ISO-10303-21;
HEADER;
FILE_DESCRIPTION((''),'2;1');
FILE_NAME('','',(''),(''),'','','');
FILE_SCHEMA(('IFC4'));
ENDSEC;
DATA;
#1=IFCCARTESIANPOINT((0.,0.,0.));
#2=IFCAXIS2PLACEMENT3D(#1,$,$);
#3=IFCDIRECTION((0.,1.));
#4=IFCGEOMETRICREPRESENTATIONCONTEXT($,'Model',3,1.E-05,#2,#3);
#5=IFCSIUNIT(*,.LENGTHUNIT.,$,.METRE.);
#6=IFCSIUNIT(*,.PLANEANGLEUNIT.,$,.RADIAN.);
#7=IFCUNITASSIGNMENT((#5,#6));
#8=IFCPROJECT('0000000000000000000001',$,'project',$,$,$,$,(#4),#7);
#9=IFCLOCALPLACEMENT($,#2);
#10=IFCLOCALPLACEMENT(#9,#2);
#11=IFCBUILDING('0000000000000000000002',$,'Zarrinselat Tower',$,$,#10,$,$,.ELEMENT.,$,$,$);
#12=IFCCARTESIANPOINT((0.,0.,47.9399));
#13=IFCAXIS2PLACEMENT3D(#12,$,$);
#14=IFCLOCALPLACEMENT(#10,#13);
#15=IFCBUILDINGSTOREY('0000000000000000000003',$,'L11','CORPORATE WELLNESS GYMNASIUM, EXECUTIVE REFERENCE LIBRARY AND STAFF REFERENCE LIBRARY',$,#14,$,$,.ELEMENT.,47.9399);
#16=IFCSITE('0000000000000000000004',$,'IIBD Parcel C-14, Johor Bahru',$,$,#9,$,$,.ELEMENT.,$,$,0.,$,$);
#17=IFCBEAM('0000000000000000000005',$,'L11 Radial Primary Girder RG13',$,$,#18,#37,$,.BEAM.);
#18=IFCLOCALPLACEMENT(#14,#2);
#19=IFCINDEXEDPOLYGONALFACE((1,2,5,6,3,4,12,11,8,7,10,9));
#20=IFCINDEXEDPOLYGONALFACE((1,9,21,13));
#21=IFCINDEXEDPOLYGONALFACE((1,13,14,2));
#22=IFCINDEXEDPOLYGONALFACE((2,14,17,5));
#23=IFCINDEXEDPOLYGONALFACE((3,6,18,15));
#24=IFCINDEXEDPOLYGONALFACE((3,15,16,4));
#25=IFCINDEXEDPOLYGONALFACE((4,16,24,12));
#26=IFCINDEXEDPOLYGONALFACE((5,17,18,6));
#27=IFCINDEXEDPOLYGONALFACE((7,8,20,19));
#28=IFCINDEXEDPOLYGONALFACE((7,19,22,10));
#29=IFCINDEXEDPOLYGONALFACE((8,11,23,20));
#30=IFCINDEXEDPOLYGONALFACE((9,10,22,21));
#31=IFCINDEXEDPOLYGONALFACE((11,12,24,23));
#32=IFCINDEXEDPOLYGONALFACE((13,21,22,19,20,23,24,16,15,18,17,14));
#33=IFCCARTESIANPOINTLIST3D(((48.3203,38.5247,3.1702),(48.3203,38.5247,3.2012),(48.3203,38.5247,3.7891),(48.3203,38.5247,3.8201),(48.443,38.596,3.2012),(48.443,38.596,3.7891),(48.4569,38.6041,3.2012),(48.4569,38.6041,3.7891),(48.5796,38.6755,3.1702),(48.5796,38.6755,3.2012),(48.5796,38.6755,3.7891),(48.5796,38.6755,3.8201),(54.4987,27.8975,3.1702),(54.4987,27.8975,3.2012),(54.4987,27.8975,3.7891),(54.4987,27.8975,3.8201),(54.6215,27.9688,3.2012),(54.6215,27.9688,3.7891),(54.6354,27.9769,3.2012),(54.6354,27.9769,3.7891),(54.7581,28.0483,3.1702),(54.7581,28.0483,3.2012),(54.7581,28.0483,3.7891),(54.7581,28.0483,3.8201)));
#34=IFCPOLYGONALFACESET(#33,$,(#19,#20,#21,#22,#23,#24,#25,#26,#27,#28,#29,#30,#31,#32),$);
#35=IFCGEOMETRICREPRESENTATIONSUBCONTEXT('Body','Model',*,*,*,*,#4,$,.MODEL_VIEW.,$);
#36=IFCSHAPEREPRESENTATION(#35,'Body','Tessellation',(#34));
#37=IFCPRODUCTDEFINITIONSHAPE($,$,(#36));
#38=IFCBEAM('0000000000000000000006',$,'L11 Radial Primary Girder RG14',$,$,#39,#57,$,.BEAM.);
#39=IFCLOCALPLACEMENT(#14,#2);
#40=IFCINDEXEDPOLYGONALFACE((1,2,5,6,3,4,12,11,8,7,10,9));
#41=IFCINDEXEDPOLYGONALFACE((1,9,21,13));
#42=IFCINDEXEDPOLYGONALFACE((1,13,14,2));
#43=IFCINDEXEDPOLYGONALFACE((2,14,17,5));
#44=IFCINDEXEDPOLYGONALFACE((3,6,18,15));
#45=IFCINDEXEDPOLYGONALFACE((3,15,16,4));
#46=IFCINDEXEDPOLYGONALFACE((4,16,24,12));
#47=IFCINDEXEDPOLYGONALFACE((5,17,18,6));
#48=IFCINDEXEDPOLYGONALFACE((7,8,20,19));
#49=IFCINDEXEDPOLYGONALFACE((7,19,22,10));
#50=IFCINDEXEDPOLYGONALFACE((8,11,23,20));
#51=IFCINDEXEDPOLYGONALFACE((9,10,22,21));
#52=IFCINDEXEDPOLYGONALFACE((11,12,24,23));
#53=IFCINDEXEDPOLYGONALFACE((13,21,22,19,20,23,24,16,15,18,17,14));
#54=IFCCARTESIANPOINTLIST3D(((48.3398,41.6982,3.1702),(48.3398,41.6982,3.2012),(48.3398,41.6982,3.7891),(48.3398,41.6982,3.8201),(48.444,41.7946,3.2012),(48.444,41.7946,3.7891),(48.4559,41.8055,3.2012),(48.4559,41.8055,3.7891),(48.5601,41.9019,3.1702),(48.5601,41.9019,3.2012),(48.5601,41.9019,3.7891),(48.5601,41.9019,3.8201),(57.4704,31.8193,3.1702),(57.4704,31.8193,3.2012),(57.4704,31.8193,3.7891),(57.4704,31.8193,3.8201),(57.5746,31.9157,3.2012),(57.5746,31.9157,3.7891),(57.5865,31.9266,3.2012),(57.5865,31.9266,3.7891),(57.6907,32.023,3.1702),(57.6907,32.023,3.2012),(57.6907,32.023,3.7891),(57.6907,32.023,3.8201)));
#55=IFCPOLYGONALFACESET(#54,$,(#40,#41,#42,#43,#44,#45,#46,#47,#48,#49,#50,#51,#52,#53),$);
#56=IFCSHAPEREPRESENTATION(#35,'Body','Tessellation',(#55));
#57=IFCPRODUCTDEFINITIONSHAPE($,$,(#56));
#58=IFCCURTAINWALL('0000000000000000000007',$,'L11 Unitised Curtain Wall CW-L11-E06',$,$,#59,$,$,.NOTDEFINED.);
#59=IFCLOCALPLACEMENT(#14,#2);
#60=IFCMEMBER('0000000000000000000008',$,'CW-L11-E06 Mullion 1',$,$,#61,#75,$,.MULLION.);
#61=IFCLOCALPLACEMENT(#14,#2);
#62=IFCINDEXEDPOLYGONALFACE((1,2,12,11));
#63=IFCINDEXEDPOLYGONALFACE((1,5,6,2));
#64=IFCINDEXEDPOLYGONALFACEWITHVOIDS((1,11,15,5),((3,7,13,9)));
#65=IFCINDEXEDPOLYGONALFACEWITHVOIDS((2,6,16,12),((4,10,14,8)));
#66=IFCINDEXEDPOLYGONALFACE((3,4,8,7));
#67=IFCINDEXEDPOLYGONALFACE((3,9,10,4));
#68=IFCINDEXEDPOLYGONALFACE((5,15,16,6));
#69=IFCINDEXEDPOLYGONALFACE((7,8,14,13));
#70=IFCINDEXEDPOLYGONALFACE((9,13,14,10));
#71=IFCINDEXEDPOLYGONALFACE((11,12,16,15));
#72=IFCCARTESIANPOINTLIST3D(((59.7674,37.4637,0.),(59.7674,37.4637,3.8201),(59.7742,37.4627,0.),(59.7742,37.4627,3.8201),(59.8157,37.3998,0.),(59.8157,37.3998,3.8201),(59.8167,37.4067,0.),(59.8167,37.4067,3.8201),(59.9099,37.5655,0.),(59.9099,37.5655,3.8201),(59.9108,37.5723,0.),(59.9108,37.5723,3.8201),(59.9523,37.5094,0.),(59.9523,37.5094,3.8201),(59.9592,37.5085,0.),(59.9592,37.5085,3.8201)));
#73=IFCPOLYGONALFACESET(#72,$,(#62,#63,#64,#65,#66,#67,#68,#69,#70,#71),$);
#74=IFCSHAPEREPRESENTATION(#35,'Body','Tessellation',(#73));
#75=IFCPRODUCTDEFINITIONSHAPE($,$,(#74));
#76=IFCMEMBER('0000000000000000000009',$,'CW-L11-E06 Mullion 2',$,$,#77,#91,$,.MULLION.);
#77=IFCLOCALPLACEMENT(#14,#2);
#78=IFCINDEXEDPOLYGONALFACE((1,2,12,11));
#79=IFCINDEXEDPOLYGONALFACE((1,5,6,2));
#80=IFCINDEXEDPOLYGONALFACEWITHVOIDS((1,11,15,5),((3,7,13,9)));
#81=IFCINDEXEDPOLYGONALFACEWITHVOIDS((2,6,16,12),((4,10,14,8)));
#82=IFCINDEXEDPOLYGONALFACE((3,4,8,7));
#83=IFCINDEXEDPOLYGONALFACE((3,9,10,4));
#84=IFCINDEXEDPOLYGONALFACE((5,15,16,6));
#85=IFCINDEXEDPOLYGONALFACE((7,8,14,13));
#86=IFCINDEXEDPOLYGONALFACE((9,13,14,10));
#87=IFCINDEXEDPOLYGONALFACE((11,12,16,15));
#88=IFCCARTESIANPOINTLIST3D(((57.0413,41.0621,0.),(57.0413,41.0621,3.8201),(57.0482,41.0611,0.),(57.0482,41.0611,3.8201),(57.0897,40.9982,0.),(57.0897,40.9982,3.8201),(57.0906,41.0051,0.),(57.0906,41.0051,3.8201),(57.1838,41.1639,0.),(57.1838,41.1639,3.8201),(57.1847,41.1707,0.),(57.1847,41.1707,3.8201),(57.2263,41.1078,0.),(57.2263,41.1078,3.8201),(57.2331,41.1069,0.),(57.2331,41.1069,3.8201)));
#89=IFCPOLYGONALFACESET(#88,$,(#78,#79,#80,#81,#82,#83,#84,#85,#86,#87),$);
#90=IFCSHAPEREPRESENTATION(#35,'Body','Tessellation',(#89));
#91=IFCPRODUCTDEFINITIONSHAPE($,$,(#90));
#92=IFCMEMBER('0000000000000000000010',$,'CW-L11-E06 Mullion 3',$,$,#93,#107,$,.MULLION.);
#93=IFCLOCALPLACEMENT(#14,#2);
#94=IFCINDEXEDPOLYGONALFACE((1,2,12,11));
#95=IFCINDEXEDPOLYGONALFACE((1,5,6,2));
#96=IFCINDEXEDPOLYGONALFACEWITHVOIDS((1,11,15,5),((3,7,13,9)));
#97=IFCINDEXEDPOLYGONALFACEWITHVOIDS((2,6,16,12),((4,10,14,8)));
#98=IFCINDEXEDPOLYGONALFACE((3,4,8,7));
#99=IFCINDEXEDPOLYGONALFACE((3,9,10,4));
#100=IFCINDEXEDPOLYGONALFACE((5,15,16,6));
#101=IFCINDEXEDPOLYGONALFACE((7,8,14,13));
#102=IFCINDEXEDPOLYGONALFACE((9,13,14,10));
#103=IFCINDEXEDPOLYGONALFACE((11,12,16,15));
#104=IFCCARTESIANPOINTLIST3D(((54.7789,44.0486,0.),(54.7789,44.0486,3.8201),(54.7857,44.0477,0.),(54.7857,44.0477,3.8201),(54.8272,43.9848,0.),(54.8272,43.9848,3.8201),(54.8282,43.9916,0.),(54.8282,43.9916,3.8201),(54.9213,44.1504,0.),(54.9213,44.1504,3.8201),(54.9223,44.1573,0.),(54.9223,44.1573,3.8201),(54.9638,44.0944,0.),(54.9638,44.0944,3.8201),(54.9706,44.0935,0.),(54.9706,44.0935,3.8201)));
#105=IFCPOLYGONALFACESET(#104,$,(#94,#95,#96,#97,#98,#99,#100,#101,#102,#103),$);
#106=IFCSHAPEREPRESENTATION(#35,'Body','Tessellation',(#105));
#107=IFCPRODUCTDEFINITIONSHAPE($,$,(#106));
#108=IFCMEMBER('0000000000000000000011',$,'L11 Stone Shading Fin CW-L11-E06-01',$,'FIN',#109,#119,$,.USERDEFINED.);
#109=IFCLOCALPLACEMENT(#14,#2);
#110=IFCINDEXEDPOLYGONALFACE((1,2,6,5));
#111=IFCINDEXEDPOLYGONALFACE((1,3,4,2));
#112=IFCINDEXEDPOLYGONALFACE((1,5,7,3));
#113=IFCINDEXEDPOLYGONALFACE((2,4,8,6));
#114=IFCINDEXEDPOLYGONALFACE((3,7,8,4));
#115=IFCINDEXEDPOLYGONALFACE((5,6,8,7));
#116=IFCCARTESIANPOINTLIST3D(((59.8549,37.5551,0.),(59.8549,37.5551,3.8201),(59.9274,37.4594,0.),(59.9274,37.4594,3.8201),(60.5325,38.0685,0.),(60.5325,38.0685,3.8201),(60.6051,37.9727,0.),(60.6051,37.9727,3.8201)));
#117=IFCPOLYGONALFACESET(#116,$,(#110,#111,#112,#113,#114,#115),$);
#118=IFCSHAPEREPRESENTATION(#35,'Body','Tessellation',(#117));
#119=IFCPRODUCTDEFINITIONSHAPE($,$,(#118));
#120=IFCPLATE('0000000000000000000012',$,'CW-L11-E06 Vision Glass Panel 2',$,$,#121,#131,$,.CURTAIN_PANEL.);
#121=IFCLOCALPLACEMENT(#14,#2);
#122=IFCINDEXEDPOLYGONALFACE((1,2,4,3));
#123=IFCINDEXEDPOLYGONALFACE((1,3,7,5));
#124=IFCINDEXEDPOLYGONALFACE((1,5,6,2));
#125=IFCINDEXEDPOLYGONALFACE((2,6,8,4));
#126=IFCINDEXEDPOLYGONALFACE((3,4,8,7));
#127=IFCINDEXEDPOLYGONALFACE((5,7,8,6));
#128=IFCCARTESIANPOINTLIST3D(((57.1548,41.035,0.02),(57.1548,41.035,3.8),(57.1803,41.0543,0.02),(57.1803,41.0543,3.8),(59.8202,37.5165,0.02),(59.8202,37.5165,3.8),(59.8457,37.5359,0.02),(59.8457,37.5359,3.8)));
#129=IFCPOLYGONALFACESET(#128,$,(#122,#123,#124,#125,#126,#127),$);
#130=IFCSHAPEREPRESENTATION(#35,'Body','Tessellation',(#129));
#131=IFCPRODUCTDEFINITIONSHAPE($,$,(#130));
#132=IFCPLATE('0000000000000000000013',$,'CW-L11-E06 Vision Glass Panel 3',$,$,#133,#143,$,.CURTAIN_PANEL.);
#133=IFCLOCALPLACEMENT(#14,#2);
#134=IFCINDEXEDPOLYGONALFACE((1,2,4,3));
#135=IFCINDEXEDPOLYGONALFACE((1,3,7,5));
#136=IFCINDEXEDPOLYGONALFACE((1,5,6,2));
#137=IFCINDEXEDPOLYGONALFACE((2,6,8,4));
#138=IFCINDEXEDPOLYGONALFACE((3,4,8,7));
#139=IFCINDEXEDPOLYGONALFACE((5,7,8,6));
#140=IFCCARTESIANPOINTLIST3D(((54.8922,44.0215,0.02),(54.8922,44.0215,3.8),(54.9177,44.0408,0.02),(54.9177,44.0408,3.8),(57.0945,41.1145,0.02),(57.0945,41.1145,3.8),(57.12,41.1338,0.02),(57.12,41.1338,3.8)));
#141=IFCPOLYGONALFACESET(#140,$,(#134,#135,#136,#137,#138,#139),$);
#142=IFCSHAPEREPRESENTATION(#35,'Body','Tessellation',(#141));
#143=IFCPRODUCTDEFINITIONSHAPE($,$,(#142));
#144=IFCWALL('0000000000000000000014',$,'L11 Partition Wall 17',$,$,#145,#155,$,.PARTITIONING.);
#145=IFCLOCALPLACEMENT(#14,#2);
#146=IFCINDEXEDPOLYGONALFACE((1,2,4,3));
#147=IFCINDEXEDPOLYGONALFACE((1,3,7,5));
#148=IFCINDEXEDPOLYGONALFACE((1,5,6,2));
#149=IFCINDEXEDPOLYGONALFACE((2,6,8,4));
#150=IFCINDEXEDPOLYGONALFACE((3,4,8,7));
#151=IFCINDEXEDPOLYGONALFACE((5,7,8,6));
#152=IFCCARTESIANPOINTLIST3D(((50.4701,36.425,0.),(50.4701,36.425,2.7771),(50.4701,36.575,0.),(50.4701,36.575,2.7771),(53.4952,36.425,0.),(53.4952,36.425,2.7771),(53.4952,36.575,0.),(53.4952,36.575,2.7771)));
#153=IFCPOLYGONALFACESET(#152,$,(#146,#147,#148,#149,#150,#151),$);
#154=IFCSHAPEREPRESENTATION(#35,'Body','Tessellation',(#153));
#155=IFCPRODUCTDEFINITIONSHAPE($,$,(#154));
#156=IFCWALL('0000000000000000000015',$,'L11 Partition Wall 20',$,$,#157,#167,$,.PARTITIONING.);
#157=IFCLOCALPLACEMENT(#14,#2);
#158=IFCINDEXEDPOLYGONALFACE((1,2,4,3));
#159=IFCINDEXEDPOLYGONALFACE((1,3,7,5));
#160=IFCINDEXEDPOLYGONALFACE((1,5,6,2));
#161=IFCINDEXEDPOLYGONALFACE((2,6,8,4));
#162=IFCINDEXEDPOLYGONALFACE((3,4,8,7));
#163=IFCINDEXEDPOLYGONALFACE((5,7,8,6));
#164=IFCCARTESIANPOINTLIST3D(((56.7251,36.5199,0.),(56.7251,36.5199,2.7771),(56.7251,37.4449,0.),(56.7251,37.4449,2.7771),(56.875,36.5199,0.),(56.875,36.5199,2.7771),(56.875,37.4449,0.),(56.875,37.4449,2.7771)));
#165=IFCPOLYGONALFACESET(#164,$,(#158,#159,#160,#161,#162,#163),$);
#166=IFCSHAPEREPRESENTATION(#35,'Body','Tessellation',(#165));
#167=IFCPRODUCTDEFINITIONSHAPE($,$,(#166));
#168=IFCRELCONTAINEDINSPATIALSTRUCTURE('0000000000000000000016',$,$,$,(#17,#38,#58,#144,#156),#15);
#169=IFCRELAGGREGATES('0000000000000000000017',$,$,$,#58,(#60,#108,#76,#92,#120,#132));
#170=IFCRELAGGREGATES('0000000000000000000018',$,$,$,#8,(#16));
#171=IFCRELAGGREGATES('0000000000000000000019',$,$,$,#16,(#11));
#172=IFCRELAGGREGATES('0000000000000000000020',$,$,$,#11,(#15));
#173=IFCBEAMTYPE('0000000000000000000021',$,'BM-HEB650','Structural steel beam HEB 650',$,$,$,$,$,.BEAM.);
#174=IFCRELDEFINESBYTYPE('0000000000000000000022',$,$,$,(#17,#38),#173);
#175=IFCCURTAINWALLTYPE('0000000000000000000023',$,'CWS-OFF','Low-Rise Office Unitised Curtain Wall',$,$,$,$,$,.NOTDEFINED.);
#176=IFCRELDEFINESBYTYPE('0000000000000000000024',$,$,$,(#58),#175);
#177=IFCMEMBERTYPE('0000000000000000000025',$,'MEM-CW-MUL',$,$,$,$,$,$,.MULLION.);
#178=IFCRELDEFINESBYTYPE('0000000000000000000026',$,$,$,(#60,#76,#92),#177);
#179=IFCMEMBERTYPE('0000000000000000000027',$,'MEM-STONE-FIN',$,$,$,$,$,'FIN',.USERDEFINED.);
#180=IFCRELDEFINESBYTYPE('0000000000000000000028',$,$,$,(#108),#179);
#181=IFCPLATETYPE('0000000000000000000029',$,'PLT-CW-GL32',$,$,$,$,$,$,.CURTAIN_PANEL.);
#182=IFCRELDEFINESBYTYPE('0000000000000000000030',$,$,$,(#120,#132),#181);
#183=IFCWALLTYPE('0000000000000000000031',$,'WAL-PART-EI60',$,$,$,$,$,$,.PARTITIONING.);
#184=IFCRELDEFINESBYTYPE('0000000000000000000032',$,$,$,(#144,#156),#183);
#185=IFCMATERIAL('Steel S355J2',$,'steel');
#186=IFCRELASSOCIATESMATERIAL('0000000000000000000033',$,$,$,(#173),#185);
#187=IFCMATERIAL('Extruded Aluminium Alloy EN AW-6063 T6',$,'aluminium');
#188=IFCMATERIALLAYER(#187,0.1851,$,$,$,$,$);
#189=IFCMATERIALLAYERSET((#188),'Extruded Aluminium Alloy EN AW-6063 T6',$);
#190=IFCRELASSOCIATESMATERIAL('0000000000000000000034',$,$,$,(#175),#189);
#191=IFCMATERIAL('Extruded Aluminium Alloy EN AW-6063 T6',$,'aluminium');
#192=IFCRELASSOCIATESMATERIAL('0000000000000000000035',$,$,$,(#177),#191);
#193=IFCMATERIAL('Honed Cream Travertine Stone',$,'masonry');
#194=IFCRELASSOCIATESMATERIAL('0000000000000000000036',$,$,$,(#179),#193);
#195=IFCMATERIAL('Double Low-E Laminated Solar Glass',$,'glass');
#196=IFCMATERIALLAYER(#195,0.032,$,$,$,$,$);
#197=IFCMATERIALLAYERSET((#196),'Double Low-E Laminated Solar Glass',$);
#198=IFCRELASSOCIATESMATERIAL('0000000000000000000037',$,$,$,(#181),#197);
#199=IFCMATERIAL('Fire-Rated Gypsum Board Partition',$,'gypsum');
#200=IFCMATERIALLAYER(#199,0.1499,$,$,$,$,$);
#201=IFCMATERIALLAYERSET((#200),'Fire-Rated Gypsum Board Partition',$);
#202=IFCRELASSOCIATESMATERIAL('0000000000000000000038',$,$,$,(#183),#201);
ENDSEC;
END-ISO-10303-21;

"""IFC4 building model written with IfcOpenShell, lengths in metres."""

from ifc_helpers import new_model, si_unit, direction, frame, frame_2d, origin, origin_2d, place, context, subcontext, project, spatial, rectangle, hollow_rectangle, i_section, extrude, material, layer, layer_set, material_profile, profile_set, type_object, element, aggregate, save


model = new_model("IFC4")

# Units and contexts
model_context = context("Model", 3, precision=1e-05, world=origin(), true_north=direction((0.0, 1.0)))
body_context = subcontext(model_context, "Body", "Model", "MODEL_VIEW")
ifc_project = project(units=[si_unit("LENGTHUNIT", "METRE"), si_unit("PLANEANGLEUNIT", "RADIAN")], contexts=[model_context])

# Site, building, storey
site_placement = place(None, origin())
site = spatial("IfcSite", under=ifc_project, at=site_placement, Name="IIBD Parcel C-14, Johor Bahru", CompositionType="ELEMENT", RefElevation=0.0)
building_placement = place(site_placement, origin())
building = spatial("IfcBuilding", under=site, at=building_placement, Name="Zarrinselat Tower", CompositionType="ELEMENT")
storey_placement = place(building_placement, frame((0.0, 0.0, 47.9399)))
storey = spatial("IfcBuildingStorey", under=building, at=storey_placement, Name="L11", Description="CORPORATE WELLNESS GYMNASIUM, EXECUTIVE REFERENCE LIBRARY AND STAFF REFERENCE LIBRARY", CompositionType="ELEMENT", Elevation=47.9399)

# Beams
ifc_material_1 = material(Name="Steel S355J2", Category="steel")
ifc_material_profile_1 = material_profile(ifc_material_1, i_section(OverallWidth=0.3, OverallDepth=0.6499, WebThickness=0.0161, FlangeThickness=0.031, at=origin_2d()), Name="HEB 650")
ifc_profile_set_1 = profile_set([ifc_material_profile_1], Name="Steel S355J2")
beam_type = type_object("IfcBeamType", Name="BM-HEB650", Description="Structural steel beam HEB 650", PredefinedType="BEAM", material=ifc_profile_set_1)
beam_1_placement = place(storey_placement, frame((48.45, 38.6001, 3.4951), z_axis=(0.502612, -0.864512, 0.0), x_axis=(0.864512, 0.502612, 0.0)))
element("IfcBeam", 1, at=beam_1_placement, inside=storey, type_object=beam_type, Name="L11 Radial Primary Girder RG13", PredefinedType="BEAM", context=body_context, shape_type="SweptSolid", body=[
    extrude(i_section(OverallWidth=0.3, OverallDepth=0.6499, WebThickness=0.0161, FlangeThickness=0.031, at=origin_2d()), origin(), (0.0, 0.0, 1.0), 12.2927),
])
beam_2_placement = place(storey_placement, frame((48.45, 41.8, 3.4951), z_axis=(0.678747, -0.734373, 0.0), x_axis=(0.734373, 0.678747, 0.0)))
element("IfcBeam", 2, at=beam_2_placement, inside=storey, type_object=beam_type, Name="L11 Radial Primary Girder RG14", PredefinedType="BEAM", context=body_context, shape_type="SweptSolid", body=[
    extrude(i_section(OverallWidth=0.3, OverallDepth=0.6499, WebThickness=0.0161, FlangeThickness=0.031, at=origin_2d()), origin(), (0.0, 0.0, 1.0), 13.4521),
])

# Curtain wall, members, plates
ifc_material_2 = material(Name="Extruded Aluminium Alloy EN AW-6063 T6", Category="aluminium")
ifc_layer_1 = layer(ifc_material_2, 0.1851)
ifc_layer_set_1 = layer_set([ifc_layer_1], Name="Extruded Aluminium Alloy EN AW-6063 T6")
curtain_wall_type = type_object("IfcCurtainWallType", Name="CWS-OFF", Description="Low-Rise Office Unitised Curtain Wall", PredefinedType="NOTDEFINED", material=ifc_layer_set_1)
curtain_wall_placement = place(storey_placement, origin())
curtain_wall = element("IfcCurtainWall", 3, at=curtain_wall_placement, inside=storey, type_object=curtain_wall_type, Name="L11 Unitised Curtain Wall CW-L11-E06", PredefinedType="NOTDEFINED")
ifc_material_3 = material(Name="Extruded Aluminium Alloy EN AW-6063 T6", Category="aluminium")
ifc_material_profile_2 = material_profile(ifc_material_3, hollow_rectangle(XDim=0.0801, YDim=0.1799, WallThickness=0.0049, at=origin_2d()), Name="RHS 180x80x5")
ifc_profile_set_2 = profile_set([ifc_material_profile_2], Name="Extruded Aluminium Alloy EN AW-6063 T6")
member_type_1 = type_object("IfcMemberType", Name="MEM-CW-MUL", PredefinedType="MULLION", material=ifc_profile_set_2)
member_1_placement = place(storey_placement, frame((59.8633, 37.4861, 0.0), z_axis=(0.0, 0.0, 1.0), x_axis=(-0.603858, 0.797092, 0.0)))
member_1 = element("IfcMember", 4, at=member_1_placement, type_object=member_type_1, Name="CW-L11-E06 Mullion 1", PredefinedType="MULLION", context=body_context, shape_type="SweptSolid", body=[
    extrude(hollow_rectangle(XDim=0.0801, YDim=0.1799, WallThickness=0.0049, at=origin_2d()), origin(), (0.0, 0.0, 1.0), 3.8201),
])
member_2_placement = place(storey_placement, frame((57.1372, 41.0845, 0.0), z_axis=(0.0, 0.0, 1.0), x_axis=(-0.603858, 0.797092, 0.0)))
member_2 = element("IfcMember", 5, at=member_2_placement, type_object=member_type_1, Name="CW-L11-E06 Mullion 2", PredefinedType="MULLION", context=body_context, shape_type="SweptSolid", body=[
    extrude(hollow_rectangle(XDim=0.0801, YDim=0.1799, WallThickness=0.0049, at=origin_2d()), origin(), (0.0, 0.0, 1.0), 3.8201),
])
member_3_placement = place(storey_placement, frame((54.8748, 44.071, 0.0), z_axis=(0.0, 0.0, 1.0), x_axis=(-0.603858, 0.797092, 0.0)))
member_3 = element("IfcMember", 6, at=member_3_placement, type_object=member_type_1, Name="CW-L11-E06 Mullion 3", PredefinedType="MULLION", context=body_context, shape_type="SweptSolid", body=[
    extrude(hollow_rectangle(XDim=0.0801, YDim=0.1799, WallThickness=0.0049, at=origin_2d()), origin(), (0.0, 0.0, 1.0), 3.8201),
])
ifc_material_4 = material(Name="Honed Cream Travertine Stone", Category="masonry")
ifc_material_profile_3 = material_profile(ifc_material_4, rectangle(XDim=0.1201, YDim=0.8501, at=origin_2d()), Name="FIN 850x120")
ifc_profile_set_3 = profile_set([ifc_material_profile_3], Name="Honed Cream Travertine Stone")
member_type_2 = type_object("IfcMemberType", Name="MEM-STONE-FIN", ElementType="FIN", PredefinedType="USERDEFINED", material=ifc_profile_set_3)
member_4_placement = place(storey_placement, frame((60.23, 37.7639, 0.0), z_axis=(0.0, 0.0, 1.0), x_axis=(0.603858, -0.797092, 0.0)))
member_4 = element("IfcMember", 7, at=member_4_placement, type_object=member_type_2, Name="L11 Stone Shading Fin CW-L11-E06-01", ObjectType="FIN", PredefinedType="USERDEFINED", context=body_context, shape_type="SweptSolid", body=[
    extrude(rectangle(XDim=0.1201, YDim=0.8501, at=origin_2d()), origin(), (0.0, 0.0, 1.0), 3.8201),
])
ifc_material_5 = material(Name="Double Low-E Laminated Solar Glass", Category="glass")
ifc_layer_2 = layer(ifc_material_5, 0.032)
ifc_layer_set_2 = layer_set([ifc_layer_2], Name="Double Low-E Laminated Solar Glass")
plate_type = type_object("IfcPlateType", Name="PLT-CW-GL32", PredefinedType="CURTAIN_PANEL", material=ifc_layer_set_2)
plate_1_placement = place(storey_placement, frame((58.5002, 39.2854, 0.02), z_axis=(0.0, 0.0, 1.0), x_axis=(-0.603858, 0.797092, 0.0)))
plate_1 = element("IfcPlate", 8, at=plate_1_placement, type_object=plate_type, Name="CW-L11-E06 Vision Glass Panel 2", PredefinedType="CURTAIN_PANEL", context=body_context, shape_type="SweptSolid", body=[
    extrude(rectangle(XDim=4.4141, YDim=0.032, at=origin_2d()), origin(), (0.0, 0.0, 1.0), 3.78),
])
plate_2_placement = place(storey_placement, frame((56.0061, 42.5776, 0.02), z_axis=(0.0, 0.0, 1.0), x_axis=(-0.603858, 0.797092, 0.0)))
plate_2 = element("IfcPlate", 9, at=plate_2_placement, type_object=plate_type, Name="CW-L11-E06 Vision Glass Panel 3", PredefinedType="CURTAIN_PANEL", context=body_context, shape_type="SweptSolid", body=[
    extrude(rectangle(XDim=3.647, YDim=0.032, at=origin_2d()), origin(), (0.0, 0.0, 1.0), 3.78),
])
aggregate(curtain_wall, [member_1, member_4, member_2, member_3, plate_1, plate_2])

# Walls
ifc_material_6 = material(Name="Fire-Rated Gypsum Board Partition", Category="gypsum")
ifc_layer_3 = layer(ifc_material_6, 0.1499)
ifc_layer_set_3 = layer_set([ifc_layer_3], Name="Fire-Rated Gypsum Board Partition")
wall_type_1 = type_object("IfcWallType", Name="WAL-PART-EI60", PredefinedType="PARTITIONING", material=ifc_layer_set_3)
wall_1_placement = place(storey_placement, frame((50.47, 36.5, 0.0), z_axis=(0.0, 0.0, 1.0), x_axis=(1.0, 0.0, 0.0)))
element("IfcWall", 10, at=wall_1_placement, inside=storey, type_object=wall_type_1, Name="L11 Partition Wall 17", PredefinedType="PARTITIONING", context=body_context, shape_type="SweptSolid", body=[
    extrude(rectangle(XDim=3.0251, YDim=0.1499, at=frame_2d((1.5127, 0.0))), origin(), (0.0, 0.0, 1.0), 2.7771),
])
wall_2_placement = place(storey_placement, frame((56.8, 36.52, 0.0), z_axis=(0.0, 0.0, 1.0), x_axis=(0.0, 1.0, 0.0)))
element("IfcWall", 11, at=wall_2_placement, inside=storey, type_object=wall_type_1, Name="L11 Partition Wall 20", PredefinedType="PARTITIONING", context=body_context, shape_type="SweptSolid", body=[
    extrude(rectangle(XDim=0.925, YDim=0.1499, at=frame_2d((0.4624, 0.0))), origin(), (0.0, 0.0, 1.0), 2.7771),
])

save(model, "model.ifc")
